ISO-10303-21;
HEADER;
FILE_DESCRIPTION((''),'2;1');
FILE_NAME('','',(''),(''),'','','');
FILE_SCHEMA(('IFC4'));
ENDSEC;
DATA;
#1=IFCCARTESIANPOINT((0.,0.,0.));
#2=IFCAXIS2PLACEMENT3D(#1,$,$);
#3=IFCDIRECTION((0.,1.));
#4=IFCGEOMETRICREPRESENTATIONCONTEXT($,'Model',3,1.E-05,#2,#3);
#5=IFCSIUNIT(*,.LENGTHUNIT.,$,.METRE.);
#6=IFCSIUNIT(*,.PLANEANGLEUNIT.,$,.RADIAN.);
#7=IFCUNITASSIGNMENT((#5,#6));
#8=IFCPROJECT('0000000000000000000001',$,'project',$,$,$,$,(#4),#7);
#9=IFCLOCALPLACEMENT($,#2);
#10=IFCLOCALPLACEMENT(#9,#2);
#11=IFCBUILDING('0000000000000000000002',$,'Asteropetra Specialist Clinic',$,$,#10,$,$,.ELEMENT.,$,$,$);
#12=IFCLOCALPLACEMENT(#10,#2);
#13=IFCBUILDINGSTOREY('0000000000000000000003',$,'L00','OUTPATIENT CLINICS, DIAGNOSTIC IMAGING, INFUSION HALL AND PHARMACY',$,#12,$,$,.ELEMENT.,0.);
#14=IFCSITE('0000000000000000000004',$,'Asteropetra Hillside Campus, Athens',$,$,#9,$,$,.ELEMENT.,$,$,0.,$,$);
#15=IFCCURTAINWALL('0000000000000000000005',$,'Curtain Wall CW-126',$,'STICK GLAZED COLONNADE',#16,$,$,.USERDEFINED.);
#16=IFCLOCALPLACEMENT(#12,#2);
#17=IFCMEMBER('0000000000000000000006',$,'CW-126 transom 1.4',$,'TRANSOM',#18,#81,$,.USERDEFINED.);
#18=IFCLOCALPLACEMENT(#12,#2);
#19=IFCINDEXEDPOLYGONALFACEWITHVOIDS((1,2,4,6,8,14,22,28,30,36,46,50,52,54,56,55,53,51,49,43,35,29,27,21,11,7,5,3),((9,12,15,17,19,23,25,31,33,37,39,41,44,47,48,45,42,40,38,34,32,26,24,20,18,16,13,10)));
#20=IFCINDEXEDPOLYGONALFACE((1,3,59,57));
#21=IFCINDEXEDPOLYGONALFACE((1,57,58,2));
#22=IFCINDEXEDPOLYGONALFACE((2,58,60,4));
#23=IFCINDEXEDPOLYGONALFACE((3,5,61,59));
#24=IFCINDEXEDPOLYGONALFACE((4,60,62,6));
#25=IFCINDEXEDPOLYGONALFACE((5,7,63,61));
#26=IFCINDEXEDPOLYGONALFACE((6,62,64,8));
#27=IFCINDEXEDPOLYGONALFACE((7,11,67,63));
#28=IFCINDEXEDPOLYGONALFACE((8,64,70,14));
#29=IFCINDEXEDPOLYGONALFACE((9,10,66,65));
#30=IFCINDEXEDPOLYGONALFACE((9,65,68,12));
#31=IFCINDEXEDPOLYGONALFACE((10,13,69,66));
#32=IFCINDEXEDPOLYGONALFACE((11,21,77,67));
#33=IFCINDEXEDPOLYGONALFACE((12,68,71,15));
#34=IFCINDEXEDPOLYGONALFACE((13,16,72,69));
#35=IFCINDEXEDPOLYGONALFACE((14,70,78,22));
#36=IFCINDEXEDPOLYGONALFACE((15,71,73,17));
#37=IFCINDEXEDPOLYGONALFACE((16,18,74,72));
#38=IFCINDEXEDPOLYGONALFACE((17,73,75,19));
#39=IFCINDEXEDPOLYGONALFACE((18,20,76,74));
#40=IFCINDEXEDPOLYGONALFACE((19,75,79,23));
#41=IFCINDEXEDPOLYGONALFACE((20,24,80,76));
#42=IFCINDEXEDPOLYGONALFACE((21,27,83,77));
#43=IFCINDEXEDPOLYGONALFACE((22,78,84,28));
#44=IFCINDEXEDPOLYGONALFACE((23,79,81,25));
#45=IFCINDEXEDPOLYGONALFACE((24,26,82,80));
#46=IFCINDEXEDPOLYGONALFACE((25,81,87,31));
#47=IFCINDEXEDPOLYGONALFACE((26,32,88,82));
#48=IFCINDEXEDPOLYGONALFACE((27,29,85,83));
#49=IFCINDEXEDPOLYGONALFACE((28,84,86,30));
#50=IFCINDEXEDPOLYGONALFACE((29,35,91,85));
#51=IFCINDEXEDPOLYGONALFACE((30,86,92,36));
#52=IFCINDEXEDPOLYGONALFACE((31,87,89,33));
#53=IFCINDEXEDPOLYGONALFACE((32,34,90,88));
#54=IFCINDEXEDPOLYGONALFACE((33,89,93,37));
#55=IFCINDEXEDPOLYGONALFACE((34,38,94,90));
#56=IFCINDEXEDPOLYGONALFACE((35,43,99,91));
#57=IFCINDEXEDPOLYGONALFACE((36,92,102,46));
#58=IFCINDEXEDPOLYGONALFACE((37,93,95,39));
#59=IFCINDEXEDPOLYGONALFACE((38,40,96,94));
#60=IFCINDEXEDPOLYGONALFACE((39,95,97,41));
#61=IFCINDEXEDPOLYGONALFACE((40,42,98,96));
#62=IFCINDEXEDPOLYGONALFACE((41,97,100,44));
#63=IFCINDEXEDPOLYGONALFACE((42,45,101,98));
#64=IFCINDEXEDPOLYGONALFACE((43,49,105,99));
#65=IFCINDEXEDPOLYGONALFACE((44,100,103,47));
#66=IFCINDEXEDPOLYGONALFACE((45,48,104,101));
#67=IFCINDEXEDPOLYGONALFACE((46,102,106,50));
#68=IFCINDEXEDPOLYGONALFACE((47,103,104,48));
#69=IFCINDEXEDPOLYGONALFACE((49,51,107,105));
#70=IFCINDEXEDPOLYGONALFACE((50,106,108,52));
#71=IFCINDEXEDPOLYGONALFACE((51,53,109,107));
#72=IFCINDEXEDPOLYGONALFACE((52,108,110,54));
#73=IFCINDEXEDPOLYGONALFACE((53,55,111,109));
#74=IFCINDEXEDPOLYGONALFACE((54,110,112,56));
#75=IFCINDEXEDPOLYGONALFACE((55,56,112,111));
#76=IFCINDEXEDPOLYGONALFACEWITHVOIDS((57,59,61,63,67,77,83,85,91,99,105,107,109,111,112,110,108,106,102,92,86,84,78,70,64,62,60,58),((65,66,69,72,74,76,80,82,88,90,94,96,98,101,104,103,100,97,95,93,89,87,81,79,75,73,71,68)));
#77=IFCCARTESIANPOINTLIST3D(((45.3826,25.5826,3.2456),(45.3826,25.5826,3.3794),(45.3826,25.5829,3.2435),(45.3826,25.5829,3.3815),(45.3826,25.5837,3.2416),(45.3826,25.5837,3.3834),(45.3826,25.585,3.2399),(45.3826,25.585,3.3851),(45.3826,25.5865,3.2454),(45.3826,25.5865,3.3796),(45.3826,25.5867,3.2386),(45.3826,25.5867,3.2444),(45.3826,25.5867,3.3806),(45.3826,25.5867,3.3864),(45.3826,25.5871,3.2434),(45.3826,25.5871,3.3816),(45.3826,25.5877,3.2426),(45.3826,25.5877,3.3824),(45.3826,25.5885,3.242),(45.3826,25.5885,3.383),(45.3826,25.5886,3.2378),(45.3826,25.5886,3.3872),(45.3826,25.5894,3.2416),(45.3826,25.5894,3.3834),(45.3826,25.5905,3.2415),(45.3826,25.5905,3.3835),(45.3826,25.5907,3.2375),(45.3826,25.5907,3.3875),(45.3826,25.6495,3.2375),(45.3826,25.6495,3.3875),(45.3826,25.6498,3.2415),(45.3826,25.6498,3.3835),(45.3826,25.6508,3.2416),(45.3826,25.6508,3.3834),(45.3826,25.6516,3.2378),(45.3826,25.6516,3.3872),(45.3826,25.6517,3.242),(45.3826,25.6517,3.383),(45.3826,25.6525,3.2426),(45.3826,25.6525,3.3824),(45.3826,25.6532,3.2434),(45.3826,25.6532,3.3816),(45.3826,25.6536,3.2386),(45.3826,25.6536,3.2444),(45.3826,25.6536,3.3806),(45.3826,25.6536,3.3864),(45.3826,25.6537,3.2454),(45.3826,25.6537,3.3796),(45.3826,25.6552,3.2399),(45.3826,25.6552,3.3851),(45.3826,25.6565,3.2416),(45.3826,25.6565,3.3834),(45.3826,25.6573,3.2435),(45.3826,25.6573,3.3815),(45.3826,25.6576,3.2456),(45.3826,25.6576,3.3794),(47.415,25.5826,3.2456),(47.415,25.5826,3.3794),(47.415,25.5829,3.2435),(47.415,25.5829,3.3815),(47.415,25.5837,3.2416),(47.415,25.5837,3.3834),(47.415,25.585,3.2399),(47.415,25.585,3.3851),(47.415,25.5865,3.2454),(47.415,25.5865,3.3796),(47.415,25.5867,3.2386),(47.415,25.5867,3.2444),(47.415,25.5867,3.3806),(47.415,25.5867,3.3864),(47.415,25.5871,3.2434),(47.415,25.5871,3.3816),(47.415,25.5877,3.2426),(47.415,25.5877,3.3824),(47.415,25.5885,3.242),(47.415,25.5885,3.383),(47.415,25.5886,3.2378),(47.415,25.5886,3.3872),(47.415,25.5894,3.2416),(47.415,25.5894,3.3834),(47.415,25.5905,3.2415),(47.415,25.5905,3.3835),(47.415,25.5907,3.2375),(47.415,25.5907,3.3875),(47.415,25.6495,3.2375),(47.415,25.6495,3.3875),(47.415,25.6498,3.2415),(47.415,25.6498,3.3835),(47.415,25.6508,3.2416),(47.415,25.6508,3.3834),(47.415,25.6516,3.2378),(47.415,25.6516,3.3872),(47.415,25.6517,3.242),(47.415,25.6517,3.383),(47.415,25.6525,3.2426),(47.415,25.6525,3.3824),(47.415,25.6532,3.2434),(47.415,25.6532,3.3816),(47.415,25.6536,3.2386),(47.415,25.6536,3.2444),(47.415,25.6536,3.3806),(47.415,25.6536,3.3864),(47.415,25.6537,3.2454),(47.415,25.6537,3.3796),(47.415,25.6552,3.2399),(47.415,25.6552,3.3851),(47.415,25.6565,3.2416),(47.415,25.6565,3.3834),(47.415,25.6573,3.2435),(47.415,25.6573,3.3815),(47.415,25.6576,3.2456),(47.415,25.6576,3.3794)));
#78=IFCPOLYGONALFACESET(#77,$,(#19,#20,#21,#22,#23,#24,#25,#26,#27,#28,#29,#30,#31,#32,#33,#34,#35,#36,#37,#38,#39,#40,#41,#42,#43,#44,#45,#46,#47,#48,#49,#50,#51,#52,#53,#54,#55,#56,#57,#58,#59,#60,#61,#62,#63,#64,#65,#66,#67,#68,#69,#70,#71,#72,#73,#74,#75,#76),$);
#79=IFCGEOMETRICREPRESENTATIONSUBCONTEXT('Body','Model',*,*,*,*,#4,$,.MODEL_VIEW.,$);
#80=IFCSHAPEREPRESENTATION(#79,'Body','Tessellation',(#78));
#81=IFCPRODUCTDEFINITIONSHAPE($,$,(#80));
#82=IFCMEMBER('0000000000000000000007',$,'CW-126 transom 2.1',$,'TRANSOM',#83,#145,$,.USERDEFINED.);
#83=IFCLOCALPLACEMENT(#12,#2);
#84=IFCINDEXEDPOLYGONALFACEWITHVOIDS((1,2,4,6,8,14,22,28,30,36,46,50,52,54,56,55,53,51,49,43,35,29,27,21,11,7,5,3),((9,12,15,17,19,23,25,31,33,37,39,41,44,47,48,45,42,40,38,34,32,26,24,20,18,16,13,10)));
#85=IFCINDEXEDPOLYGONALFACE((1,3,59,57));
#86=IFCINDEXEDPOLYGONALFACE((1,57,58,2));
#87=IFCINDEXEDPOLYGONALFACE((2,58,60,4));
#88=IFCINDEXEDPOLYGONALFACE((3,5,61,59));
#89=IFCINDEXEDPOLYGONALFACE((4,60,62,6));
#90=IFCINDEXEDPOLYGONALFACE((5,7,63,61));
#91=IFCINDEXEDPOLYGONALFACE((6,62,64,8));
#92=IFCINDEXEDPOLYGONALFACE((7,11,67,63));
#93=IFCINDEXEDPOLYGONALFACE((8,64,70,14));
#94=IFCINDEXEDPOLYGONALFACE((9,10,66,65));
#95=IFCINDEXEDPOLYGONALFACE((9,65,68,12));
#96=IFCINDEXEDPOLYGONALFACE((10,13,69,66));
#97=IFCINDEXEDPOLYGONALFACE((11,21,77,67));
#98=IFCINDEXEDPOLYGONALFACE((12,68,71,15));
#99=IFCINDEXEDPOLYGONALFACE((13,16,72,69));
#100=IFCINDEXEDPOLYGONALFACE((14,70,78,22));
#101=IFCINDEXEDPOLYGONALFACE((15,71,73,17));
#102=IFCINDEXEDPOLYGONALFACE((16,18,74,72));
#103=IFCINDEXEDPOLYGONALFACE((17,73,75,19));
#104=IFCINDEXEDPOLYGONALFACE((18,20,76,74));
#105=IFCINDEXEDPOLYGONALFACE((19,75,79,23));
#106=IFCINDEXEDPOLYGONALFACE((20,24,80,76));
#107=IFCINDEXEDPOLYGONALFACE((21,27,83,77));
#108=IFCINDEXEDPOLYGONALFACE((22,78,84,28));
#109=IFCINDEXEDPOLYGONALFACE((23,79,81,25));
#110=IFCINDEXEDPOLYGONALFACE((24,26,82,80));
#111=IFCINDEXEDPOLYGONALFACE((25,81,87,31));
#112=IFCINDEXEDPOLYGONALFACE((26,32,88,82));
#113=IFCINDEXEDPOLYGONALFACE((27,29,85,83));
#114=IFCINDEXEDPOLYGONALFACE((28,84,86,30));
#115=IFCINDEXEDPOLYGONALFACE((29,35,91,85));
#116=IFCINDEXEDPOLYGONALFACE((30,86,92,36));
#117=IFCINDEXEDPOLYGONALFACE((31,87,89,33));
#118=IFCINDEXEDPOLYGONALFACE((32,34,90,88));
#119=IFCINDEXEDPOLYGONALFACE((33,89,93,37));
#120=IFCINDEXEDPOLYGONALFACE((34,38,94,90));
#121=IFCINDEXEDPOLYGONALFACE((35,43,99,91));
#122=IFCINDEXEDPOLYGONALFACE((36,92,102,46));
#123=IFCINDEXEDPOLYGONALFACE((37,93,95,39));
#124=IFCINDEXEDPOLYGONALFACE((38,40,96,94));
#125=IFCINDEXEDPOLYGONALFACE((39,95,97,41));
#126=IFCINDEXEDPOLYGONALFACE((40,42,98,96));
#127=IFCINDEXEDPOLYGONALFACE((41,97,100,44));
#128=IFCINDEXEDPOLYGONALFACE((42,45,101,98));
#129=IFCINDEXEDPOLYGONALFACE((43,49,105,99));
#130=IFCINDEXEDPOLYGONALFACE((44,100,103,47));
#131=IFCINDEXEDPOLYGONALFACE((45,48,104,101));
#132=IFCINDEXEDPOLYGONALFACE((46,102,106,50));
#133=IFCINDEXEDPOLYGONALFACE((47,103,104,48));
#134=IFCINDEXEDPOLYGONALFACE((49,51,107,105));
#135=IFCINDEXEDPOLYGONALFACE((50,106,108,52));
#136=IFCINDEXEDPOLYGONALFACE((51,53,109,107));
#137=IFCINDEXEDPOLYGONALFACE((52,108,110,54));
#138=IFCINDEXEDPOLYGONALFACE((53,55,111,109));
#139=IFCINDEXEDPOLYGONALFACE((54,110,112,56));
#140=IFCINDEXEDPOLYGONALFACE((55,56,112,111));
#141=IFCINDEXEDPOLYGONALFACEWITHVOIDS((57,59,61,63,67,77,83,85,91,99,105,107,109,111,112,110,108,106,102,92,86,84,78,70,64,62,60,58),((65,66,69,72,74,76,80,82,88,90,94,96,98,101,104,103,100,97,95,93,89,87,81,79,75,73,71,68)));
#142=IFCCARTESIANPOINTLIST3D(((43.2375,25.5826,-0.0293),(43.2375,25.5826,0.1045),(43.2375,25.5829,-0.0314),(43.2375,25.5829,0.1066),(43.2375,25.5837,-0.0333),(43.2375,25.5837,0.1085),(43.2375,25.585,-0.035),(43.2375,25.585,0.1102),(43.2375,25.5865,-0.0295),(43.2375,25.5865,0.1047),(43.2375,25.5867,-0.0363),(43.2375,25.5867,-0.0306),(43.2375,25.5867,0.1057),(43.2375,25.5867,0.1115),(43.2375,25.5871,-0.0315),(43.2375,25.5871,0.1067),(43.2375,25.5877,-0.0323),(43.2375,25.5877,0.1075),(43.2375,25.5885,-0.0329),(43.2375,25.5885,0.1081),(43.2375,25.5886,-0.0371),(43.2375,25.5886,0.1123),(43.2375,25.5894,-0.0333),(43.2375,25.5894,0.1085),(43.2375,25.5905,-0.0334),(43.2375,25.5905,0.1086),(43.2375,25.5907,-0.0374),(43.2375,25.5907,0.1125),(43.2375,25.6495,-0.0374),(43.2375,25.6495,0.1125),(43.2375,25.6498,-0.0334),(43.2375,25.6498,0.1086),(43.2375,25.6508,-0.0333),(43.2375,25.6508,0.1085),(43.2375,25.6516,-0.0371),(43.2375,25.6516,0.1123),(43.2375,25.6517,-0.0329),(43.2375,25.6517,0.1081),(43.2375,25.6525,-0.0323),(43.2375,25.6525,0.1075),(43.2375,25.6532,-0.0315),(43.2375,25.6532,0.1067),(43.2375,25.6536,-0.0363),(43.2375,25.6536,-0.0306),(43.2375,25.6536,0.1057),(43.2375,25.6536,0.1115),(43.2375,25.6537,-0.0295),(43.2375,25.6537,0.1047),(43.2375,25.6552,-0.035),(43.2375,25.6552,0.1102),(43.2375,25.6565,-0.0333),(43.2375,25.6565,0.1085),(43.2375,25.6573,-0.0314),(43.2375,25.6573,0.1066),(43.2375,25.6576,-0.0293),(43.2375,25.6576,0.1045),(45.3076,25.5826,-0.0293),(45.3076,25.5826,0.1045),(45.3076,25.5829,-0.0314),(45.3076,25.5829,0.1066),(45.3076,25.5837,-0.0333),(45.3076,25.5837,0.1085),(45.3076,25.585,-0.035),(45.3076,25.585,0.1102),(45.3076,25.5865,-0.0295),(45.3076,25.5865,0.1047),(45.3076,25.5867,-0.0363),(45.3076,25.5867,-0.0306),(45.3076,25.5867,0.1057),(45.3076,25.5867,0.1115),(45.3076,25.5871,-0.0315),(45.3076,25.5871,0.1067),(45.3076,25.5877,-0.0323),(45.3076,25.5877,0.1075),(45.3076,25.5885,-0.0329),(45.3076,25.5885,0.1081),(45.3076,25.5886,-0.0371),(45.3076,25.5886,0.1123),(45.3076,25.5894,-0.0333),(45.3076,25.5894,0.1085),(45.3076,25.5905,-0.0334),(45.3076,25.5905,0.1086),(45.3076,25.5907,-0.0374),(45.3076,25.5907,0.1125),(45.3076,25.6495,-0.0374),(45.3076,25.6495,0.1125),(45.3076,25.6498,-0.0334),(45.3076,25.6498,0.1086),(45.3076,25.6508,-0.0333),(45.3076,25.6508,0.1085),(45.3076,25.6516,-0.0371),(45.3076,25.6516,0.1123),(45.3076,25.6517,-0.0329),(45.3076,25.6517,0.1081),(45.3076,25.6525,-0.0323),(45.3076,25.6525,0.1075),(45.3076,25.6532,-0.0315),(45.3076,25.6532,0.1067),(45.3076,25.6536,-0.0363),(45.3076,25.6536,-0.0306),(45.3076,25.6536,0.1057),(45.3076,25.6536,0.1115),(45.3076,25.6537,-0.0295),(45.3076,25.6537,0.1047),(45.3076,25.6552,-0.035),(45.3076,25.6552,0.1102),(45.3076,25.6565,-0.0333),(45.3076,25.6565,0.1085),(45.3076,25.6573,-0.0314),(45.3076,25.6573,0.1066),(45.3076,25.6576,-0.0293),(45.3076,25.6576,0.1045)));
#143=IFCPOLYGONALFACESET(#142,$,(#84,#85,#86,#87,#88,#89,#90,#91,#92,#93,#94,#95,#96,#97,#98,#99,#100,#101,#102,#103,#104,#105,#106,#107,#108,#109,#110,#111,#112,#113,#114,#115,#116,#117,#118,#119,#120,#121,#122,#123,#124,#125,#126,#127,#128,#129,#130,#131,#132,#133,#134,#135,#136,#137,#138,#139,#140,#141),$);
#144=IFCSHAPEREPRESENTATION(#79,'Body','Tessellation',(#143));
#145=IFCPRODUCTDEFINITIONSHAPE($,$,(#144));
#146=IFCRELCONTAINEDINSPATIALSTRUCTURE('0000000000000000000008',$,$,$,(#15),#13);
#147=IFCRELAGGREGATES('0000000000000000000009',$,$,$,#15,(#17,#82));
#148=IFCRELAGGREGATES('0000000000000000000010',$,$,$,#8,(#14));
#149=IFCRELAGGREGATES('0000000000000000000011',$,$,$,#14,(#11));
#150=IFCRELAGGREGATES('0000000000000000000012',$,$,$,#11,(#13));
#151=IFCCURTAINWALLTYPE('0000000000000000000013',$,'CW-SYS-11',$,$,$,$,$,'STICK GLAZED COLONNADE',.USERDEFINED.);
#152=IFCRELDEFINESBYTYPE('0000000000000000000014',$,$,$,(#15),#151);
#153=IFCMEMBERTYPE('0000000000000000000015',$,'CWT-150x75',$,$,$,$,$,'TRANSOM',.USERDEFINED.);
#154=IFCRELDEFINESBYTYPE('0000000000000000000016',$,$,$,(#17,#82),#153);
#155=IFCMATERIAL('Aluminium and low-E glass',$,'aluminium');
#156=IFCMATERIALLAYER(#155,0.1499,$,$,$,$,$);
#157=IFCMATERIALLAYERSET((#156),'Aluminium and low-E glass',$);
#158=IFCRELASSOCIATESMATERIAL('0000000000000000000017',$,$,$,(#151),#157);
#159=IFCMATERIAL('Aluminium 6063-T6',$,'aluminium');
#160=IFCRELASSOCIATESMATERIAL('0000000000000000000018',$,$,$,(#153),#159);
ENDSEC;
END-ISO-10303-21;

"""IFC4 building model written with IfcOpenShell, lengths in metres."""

from ifc_helpers import new_model, si_unit, direction, frame, origin, origin_2d, place, context, subcontext, project, spatial, hollow_rectangle, extrude, material, layer, layer_set, material_profile, profile_set, type_object, element, aggregate, save


model = new_model("IFC4")

# Units and contexts
model_context = context("Model", 3, precision=1e-05, world=origin(), true_north=direction((0.0, 1.0)))
body_context = subcontext(model_context, "Body", "Model", "MODEL_VIEW")
ifc_project = project(units=[si_unit("LENGTHUNIT", "METRE"), si_unit("PLANEANGLEUNIT", "RADIAN")], contexts=[model_context])

# Site, building, storey
site_placement = place(None, origin())
site = spatial("IfcSite", under=ifc_project, at=site_placement, Name="Asteropetra Hillside Campus, Athens", CompositionType="ELEMENT", RefElevation=0.0)
building_placement = place(site_placement, origin())
building = spatial("IfcBuilding", under=site, at=building_placement, Name="Asteropetra Specialist Clinic", CompositionType="ELEMENT")
storey_placement = place(building_placement, origin())
storey = spatial("IfcBuildingStorey", under=building, at=storey_placement, Name="L00", Description="OUTPATIENT CLINICS, DIAGNOSTIC IMAGING, INFUSION HALL AND PHARMACY", CompositionType="ELEMENT", Elevation=0.0)

# Curtain wall, members
ifc_material_1 = material(Name="Aluminium and low-E glass", Category="aluminium")
ifc_layer_1 = layer(ifc_material_1, 0.1499)
ifc_layer_set_1 = layer_set([ifc_layer_1], Name="Aluminium and low-E glass")
curtain_wall_type = type_object("IfcCurtainWallType", Name="CW-SYS-11", ElementType="STICK GLAZED COLONNADE", PredefinedType="USERDEFINED", material=ifc_layer_set_1)
curtain_wall_placement = place(storey_placement, origin())
curtain_wall = element("IfcCurtainWall", 1, at=curtain_wall_placement, inside=storey, type_object=curtain_wall_type, Name="Curtain Wall CW-126", ObjectType="STICK GLAZED COLONNADE", PredefinedType="USERDEFINED")
ifc_material_2 = material(Name="Aluminium 6063-T6", Category="aluminium")
ifc_material_profile_1 = material_profile(ifc_material_2, hollow_rectangle(XDim=0.075, YDim=0.1499, WallThickness=0.0039, InnerFilletRadius=0.0039, OuterFilletRadius=0.0081, at=origin_2d()), Name="TRN 150x75x4.0")
ifc_profile_set_1 = profile_set([ifc_material_profile_1], Name="Aluminium 6063-T6")
member_type_1 = type_object("IfcMemberType", Name="CWT-150x75", ElementType="TRANSOM", PredefinedType="USERDEFINED", material=ifc_profile_set_1)
member_1_placement = place(storey_placement, frame((47.415, 25.6201, 3.3125), z_axis=(-1.0, 0.0, 0.0), x_axis=(0.0, -1.0, 0.0)))
member_1 = element("IfcMember", 2, at=member_1_placement, type_object=member_type_1, Name="CW-126 transom 1.4", ObjectType="TRANSOM", PredefinedType="USERDEFINED", context=body_context, shape_type="SweptSolid", body=[
    extrude(hollow_rectangle(XDim=0.075, YDim=0.1499, WallThickness=0.0039, InnerFilletRadius=0.0039, OuterFilletRadius=0.0081, at=origin_2d()), origin(), (0.0, 0.0, 1.0), 2.0325),
])
member_2_placement = place(storey_placement, frame((45.3076, 25.6201, 0.0376), z_axis=(-1.0, 0.0, 0.0), x_axis=(0.0, -1.0, 0.0)))
member_2 = element("IfcMember", 3, at=member_2_placement, type_object=member_type_1, Name="CW-126 transom 2.1", ObjectType="TRANSOM", PredefinedType="USERDEFINED", context=body_context, shape_type="SweptSolid", body=[
    extrude(hollow_rectangle(XDim=0.075, YDim=0.1499, WallThickness=0.0039, InnerFilletRadius=0.0039, OuterFilletRadius=0.0081, at=origin_2d()), origin(), (0.0, 0.0, 1.0), 2.0701),
])
aggregate(curtain_wall, [member_1, member_2])

save(model, "model.ifc")
